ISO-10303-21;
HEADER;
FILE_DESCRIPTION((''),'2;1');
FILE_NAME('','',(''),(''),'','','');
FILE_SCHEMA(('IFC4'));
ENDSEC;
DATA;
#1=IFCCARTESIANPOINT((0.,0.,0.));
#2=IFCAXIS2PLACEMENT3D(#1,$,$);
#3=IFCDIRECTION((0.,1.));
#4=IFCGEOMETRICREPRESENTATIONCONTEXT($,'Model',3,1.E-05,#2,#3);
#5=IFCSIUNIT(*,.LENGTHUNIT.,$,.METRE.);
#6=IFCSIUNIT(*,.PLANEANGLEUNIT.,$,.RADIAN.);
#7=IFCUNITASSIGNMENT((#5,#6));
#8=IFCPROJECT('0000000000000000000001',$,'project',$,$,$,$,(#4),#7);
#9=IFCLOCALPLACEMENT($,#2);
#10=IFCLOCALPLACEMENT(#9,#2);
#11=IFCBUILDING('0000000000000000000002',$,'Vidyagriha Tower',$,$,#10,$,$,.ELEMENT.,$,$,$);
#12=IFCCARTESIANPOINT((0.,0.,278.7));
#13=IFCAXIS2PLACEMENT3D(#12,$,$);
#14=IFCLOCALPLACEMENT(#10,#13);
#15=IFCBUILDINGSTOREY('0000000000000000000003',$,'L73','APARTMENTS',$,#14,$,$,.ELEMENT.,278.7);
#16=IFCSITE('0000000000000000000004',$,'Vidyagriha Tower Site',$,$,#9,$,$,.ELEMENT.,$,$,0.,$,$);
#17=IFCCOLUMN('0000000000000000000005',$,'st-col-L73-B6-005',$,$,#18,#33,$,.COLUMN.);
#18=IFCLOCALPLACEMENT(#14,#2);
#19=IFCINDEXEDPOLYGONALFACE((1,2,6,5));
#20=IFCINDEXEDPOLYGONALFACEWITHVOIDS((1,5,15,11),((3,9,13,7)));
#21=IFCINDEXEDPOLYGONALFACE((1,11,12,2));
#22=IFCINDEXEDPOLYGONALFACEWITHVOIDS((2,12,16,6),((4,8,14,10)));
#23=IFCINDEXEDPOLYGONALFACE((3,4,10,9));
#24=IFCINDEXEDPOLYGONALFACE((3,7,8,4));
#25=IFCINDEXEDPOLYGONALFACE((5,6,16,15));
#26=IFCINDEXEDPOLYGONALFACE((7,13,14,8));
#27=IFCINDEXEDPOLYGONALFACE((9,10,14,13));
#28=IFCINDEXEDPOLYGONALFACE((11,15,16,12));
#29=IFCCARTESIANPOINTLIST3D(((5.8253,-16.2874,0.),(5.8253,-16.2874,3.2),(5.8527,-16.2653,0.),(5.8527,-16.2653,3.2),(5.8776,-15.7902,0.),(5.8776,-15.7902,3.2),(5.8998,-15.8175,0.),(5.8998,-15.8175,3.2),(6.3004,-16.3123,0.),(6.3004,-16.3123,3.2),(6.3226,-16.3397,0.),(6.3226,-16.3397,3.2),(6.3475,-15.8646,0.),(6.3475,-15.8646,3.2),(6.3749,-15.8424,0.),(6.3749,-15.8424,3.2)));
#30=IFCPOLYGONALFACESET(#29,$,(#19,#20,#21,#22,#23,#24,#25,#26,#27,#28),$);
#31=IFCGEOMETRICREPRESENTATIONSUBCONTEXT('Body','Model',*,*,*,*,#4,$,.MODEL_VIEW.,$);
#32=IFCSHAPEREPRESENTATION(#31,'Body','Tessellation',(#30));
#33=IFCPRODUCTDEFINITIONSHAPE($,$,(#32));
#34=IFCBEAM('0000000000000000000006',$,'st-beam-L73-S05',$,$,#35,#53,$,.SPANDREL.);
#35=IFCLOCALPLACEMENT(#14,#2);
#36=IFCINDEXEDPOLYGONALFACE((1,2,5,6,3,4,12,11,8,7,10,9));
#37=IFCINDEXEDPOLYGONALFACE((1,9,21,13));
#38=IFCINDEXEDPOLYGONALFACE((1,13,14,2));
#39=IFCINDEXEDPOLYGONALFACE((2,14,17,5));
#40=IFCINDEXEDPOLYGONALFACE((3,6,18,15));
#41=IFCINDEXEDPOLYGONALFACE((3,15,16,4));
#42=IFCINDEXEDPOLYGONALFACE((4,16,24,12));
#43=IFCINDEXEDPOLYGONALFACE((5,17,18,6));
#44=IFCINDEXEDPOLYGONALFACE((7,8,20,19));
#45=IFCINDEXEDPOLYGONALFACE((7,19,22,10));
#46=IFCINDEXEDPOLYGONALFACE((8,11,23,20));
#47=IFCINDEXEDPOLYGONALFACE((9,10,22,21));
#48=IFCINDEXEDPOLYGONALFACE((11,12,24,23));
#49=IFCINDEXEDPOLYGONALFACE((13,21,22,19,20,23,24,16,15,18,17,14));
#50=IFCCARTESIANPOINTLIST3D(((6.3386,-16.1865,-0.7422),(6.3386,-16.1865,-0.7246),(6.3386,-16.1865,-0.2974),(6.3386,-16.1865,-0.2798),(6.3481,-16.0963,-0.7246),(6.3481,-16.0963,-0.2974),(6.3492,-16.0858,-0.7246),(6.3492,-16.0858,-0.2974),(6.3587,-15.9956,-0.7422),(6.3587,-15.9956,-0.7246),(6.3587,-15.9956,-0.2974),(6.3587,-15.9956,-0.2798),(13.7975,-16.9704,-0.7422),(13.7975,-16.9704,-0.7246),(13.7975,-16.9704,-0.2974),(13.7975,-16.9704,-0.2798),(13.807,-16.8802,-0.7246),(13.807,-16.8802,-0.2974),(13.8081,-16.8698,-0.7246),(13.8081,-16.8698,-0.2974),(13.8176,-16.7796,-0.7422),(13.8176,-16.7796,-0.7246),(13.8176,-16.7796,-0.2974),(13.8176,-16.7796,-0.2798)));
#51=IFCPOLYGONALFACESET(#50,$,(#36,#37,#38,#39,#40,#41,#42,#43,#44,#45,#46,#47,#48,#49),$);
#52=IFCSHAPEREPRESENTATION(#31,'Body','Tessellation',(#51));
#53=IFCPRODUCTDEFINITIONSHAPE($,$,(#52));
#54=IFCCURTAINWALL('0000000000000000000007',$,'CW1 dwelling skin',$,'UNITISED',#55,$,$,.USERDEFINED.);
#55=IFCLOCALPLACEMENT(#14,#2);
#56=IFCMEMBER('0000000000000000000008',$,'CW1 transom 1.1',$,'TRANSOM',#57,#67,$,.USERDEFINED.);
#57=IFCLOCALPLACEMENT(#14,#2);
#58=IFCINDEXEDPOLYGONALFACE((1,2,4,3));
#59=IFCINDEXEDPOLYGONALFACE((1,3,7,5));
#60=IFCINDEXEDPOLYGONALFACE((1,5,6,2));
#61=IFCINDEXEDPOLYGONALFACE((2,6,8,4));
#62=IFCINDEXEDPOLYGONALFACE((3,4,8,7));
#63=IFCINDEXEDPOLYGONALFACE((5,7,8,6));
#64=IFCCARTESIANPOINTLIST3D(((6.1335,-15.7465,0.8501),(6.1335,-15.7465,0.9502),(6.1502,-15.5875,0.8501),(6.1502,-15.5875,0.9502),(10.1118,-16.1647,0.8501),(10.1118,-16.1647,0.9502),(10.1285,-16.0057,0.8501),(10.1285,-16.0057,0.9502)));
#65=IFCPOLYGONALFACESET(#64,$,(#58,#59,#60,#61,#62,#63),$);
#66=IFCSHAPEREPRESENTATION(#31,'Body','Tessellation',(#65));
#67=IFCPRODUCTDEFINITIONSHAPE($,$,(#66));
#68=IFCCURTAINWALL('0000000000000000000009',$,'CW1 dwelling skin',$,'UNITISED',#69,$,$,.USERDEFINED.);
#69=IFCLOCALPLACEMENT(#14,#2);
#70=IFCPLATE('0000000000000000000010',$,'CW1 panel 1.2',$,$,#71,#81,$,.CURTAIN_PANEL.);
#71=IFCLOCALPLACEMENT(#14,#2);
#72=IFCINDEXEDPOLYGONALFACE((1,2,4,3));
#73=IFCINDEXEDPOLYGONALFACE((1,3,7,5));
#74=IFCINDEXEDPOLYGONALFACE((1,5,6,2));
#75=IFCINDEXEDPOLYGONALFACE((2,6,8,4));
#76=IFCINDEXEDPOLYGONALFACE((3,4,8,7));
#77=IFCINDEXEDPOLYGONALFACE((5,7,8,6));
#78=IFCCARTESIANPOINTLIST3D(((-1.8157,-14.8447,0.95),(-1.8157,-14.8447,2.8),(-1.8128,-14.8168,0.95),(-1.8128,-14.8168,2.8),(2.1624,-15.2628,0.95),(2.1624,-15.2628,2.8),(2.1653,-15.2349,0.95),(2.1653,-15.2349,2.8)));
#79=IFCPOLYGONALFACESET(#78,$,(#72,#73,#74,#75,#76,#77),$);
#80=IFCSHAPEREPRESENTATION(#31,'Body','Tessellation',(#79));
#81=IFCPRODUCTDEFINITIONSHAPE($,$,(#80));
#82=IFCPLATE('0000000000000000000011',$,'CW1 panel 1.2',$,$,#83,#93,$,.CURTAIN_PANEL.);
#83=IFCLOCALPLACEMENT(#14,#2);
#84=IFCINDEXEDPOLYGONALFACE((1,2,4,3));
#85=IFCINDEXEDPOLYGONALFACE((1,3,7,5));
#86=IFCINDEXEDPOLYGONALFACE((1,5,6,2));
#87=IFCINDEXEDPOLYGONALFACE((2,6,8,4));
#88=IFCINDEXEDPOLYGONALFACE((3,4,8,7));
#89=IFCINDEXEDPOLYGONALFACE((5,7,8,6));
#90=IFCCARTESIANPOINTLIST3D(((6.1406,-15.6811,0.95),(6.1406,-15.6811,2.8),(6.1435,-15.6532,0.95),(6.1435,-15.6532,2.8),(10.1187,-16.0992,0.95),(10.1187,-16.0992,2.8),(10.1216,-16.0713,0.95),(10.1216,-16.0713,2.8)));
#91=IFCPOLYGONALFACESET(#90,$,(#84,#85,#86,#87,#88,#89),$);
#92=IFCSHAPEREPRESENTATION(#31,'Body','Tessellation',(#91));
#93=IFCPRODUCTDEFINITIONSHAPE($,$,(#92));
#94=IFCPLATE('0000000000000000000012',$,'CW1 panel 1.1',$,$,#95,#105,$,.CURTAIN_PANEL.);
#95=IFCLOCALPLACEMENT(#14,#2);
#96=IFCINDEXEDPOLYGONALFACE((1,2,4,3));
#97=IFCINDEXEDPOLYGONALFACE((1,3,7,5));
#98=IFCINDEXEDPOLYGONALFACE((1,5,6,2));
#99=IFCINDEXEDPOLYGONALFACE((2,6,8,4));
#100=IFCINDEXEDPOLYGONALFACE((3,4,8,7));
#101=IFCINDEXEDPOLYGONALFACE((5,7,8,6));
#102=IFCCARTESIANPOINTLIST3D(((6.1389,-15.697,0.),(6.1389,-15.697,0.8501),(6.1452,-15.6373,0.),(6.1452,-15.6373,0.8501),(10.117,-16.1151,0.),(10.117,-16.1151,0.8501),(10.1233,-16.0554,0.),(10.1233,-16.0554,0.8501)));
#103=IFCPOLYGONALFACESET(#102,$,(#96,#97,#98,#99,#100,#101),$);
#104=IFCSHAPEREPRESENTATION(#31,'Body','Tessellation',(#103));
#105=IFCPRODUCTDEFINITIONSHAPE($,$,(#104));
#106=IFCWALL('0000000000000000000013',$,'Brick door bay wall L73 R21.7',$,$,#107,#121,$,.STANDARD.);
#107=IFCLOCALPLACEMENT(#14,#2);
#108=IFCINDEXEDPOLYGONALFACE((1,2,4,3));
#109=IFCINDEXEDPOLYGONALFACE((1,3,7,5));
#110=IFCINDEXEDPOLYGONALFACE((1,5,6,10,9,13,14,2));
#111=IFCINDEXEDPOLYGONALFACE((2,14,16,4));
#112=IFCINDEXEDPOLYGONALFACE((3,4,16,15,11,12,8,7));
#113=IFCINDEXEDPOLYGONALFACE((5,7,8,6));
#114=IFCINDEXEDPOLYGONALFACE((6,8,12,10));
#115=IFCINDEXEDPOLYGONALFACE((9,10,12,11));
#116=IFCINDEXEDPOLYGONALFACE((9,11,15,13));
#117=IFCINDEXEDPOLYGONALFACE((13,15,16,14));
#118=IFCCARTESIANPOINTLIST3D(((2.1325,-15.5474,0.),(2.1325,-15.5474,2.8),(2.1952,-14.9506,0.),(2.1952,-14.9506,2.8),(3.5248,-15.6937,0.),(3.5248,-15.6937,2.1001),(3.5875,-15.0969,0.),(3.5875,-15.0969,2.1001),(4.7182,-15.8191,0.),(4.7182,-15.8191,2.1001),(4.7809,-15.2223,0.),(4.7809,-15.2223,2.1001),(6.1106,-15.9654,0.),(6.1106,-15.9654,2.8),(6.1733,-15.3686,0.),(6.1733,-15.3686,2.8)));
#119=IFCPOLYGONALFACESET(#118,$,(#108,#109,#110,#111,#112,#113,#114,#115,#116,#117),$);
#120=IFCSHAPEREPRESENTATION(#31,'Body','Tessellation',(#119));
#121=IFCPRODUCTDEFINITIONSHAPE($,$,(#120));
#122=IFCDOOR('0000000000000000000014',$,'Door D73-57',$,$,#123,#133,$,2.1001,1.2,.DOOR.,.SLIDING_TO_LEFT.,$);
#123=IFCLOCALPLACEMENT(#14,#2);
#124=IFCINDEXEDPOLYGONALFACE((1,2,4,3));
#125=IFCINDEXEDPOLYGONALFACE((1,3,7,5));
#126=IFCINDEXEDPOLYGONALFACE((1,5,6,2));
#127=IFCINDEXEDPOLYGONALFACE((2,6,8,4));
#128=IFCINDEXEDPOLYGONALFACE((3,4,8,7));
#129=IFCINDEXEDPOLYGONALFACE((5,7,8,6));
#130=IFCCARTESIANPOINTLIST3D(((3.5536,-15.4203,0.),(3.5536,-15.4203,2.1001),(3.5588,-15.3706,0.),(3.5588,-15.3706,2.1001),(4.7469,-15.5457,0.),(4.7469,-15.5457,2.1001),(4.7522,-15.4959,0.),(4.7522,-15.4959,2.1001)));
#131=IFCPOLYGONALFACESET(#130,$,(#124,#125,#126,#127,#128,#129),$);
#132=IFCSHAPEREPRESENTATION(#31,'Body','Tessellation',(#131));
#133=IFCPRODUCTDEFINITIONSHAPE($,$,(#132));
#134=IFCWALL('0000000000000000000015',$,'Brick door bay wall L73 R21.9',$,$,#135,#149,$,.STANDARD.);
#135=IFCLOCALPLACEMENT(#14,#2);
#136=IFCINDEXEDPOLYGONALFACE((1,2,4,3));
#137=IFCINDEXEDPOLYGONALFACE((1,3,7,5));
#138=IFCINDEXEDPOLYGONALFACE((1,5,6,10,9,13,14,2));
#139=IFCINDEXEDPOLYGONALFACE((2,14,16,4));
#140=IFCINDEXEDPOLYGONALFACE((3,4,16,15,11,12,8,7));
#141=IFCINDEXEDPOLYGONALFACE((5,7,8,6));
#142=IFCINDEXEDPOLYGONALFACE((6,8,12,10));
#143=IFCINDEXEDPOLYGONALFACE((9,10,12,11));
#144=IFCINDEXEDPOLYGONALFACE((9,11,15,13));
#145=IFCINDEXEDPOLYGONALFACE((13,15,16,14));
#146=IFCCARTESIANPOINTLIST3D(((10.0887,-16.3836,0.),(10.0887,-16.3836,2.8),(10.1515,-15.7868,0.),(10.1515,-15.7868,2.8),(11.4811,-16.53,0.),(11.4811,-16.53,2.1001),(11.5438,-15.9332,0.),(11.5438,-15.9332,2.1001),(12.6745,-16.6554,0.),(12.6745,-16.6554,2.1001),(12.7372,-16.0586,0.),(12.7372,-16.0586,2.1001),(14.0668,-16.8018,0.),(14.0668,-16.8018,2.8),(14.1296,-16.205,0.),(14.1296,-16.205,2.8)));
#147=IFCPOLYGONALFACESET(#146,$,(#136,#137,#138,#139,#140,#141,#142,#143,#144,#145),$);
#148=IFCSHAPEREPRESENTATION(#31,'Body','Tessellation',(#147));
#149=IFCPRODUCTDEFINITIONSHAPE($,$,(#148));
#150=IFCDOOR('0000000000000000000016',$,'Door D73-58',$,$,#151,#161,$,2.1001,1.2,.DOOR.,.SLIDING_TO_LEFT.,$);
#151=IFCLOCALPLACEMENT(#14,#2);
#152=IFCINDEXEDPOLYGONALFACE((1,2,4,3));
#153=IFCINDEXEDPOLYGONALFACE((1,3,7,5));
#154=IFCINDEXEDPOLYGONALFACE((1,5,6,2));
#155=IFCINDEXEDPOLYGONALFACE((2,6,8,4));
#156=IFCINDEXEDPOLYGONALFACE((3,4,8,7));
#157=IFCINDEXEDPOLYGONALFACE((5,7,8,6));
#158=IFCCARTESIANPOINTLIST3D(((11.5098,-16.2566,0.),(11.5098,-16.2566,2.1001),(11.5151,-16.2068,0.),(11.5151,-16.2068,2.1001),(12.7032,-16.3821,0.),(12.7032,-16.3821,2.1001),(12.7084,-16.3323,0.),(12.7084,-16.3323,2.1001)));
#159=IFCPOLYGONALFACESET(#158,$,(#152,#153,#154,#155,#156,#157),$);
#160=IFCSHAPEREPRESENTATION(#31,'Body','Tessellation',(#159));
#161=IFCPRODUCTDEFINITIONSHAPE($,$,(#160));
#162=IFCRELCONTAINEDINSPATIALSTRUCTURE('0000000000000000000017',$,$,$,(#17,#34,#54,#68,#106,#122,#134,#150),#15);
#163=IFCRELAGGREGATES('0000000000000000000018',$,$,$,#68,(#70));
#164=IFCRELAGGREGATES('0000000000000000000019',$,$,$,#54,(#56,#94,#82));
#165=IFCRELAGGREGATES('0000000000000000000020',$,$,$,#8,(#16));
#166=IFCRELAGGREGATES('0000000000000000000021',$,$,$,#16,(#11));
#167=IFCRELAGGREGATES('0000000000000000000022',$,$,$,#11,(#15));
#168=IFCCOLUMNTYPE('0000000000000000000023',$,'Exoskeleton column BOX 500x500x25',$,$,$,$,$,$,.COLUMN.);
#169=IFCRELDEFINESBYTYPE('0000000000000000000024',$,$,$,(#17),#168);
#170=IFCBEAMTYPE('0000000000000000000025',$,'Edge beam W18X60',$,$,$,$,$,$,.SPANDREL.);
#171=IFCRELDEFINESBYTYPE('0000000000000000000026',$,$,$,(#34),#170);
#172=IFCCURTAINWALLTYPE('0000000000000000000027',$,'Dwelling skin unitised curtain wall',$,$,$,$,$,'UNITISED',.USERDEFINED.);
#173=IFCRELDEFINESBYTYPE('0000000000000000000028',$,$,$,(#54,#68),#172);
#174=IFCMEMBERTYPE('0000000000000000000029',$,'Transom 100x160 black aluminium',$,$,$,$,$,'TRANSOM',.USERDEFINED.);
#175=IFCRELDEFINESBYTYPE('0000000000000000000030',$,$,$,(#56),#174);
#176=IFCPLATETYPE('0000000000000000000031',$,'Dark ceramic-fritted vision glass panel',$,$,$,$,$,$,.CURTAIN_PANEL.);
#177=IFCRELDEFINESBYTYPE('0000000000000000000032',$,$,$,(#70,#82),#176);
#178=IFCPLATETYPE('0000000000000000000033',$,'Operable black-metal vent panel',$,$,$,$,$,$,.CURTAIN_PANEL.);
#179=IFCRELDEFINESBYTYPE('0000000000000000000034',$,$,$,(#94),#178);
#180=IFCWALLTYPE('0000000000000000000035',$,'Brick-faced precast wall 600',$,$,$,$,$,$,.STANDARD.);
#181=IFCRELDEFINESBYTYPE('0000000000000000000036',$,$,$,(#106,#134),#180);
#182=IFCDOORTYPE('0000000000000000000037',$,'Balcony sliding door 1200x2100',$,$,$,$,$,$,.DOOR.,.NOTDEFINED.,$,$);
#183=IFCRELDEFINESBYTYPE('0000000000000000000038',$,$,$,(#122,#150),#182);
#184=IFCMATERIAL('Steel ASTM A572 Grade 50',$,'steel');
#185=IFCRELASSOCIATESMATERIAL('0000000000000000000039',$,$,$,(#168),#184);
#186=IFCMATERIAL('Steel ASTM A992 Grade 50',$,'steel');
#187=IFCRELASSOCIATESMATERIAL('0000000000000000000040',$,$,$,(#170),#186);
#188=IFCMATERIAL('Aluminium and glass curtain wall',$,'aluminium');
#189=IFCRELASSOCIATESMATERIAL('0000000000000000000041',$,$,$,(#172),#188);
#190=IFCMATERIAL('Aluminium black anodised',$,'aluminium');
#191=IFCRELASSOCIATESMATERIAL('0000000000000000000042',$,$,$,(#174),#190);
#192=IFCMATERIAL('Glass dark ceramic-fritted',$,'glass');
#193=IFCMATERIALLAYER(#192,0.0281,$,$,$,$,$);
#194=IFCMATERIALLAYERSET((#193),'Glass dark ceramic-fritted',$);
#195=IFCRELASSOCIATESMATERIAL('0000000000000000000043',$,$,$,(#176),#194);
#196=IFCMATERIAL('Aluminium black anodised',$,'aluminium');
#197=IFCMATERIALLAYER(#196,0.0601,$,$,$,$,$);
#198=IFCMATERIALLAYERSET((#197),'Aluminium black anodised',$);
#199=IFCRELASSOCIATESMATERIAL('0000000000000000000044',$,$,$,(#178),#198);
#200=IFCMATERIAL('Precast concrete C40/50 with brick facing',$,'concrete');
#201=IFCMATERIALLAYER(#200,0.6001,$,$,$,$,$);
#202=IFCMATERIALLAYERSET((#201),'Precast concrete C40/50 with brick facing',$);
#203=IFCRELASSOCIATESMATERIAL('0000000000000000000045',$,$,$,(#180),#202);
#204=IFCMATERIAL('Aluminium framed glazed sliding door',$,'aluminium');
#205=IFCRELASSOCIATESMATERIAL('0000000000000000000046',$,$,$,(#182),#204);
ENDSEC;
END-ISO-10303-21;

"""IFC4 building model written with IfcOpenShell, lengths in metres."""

from ifc_helpers import new_model, si_unit, direction, frame, frame_2d, origin, origin_2d, place, context, subcontext, project, spatial, rectangle, hollow_rectangle, i_section, extrude, material, layer, layer_set, material_profile, profile_set, type_object, element, fill, aggregate, save


model = new_model("IFC4")

# Units and contexts
model_context = context("Model", 3, precision=1e-05, world=origin(), true_north=direction((0.0, 1.0)))
body_context = subcontext(model_context, "Body", "Model", "MODEL_VIEW")
ifc_project = project(units=[si_unit("LENGTHUNIT", "METRE"), si_unit("PLANEANGLEUNIT", "RADIAN")], contexts=[model_context])

# Site, building, storey
site_placement = place(None, origin())
site = spatial("IfcSite", under=ifc_project, at=site_placement, Name="Vidyagriha Tower Site", CompositionType="ELEMENT", RefElevation=0.0)
building_placement = place(site_placement, origin())
building = spatial("IfcBuilding", under=site, at=building_placement, Name="Vidyagriha Tower", CompositionType="ELEMENT")
storey_placement = place(building_placement, frame((0.0, 0.0, 278.7)))
storey = spatial("IfcBuildingStorey", under=building, at=storey_placement, Name="L73", Description="APARTMENTS", CompositionType="ELEMENT", Elevation=278.7)

# Column
ifc_material_1 = material(Name="Steel ASTM A572 Grade 50", Category="steel")
ifc_material_profile_1 = material_profile(ifc_material_1, hollow_rectangle(XDim=0.5, YDim=0.5, WallThickness=0.0249, at=origin_2d()), Name="BOX 500x500x25")
ifc_profile_set_1 = profile_set([ifc_material_profile_1], Name="Steel ASTM A572 Grade 50")
column_type = type_object("IfcColumnType", Name="Exoskeleton column BOX 500x500x25", PredefinedType="COLUMN", material=ifc_profile_set_1)
column_placement = place(storey_placement, frame((6.1001, -16.0649, 0.0), z_axis=(0.0, 0.0, 1.0), x_axis=(0.994522, -0.104528, 0.0)))
element("IfcColumn", 1, at=column_placement, inside=storey, type_object=column_type, Name="st-col-L73-B6-005", PredefinedType="COLUMN", context=body_context, shape_type="SweptSolid", body=[
    extrude(hollow_rectangle(XDim=0.5, YDim=0.5, WallThickness=0.0249, at=origin_2d()), origin(), (0.0, 0.0, 1.0), 3.2),
])

# Beam
ifc_material_2 = material(Name="Steel ASTM A992 Grade 50", Category="steel")
ifc_material_profile_2 = material_profile(ifc_material_2, i_section(OverallWidth=0.1919, OverallDepth=0.4624, WebThickness=0.0105, FlangeThickness=0.0176, at=origin_2d()), Name="W18X60")
ifc_profile_set_2 = profile_set([ifc_material_profile_2], Name="Steel ASTM A992 Grade 50")
beam_type = type_object("IfcBeamType", Name="Edge beam W18X60", PredefinedType="SPANDREL", material=ifc_profile_set_2)
beam_placement = place(storey_placement, frame((6.3486, -16.0911, -0.511), z_axis=(0.994522, -0.104524, 0.0), x_axis=(0.104524, 0.994522, 0.0)))
element("IfcBeam", 2, at=beam_placement, inside=storey, type_object=beam_type, Name="st-beam-L73-S05", PredefinedType="SPANDREL", context=body_context, shape_type="SweptSolid", body=[
    extrude(i_section(OverallWidth=0.1919, OverallDepth=0.4624, WebThickness=0.0105, FlangeThickness=0.0176, at=origin_2d()), origin(), (0.0, 0.0, 1.0), 7.5),
])

# Curtain wall, member
ifc_material_3 = material(Name="Aluminium and glass curtain wall", Category="aluminium")
curtain_wall_type = type_object("IfcCurtainWallType", Name="Dwelling skin unitised curtain wall", ElementType="UNITISED", PredefinedType="USERDEFINED", material=ifc_material_3)
curtain_wall_1_placement = place(storey_placement, origin())
curtain_wall_1 = element("IfcCurtainWall", 3, at=curtain_wall_1_placement, inside=storey, type_object=curtain_wall_type, Name="CW1 dwelling skin", ObjectType="UNITISED", PredefinedType="USERDEFINED")
ifc_material_4 = material(Name="Aluminium black anodised", Category="aluminium")
ifc_material_profile_3 = material_profile(ifc_material_4, rectangle(XDim=0.1599, YDim=0.1001, at=origin_2d()), Name="Transom 100x160 black aluminium")
ifc_profile_set_3 = profile_set([ifc_material_profile_3], Name="Aluminium black anodised")
member_type = type_object("IfcMemberType", Name="Transom 100x160 black aluminium", ElementType="TRANSOM", PredefinedType="USERDEFINED", material=ifc_profile_set_3)
member_placement = place(storey_placement, frame((6.1418, -15.667, 0.9001), z_axis=(0.99452, -0.104548, 0.0), x_axis=(0.104548, 0.99452, 0.0)))
member = element("IfcMember", 4, at=member_placement, type_object=member_type, Name="CW1 transom 1.1", ObjectType="TRANSOM", PredefinedType="USERDEFINED", context=body_context, shape_type="SweptSolid", body=[
    extrude(rectangle(XDim=0.1599, YDim=0.1001, at=origin_2d()), origin(), (0.0, 0.0, 1.0), 4.0002),
])

# Curtain wall, plate
curtain_wall_2_placement = place(storey_placement, origin())
curtain_wall_2 = element("IfcCurtainWall", 5, at=curtain_wall_2_placement, inside=storey, type_object=curtain_wall_type, Name="CW1 dwelling skin", ObjectType="UNITISED", PredefinedType="USERDEFINED")
ifc_material_5 = material(Name="Glass dark ceramic-fritted", Category="glass")
ifc_layer_1 = layer(ifc_material_5, 0.0281)
ifc_layer_set_1 = layer_set([ifc_layer_1], Name="Glass dark ceramic-fritted")
plate_type_1 = type_object("IfcPlateType", Name="Dark ceramic-fritted vision glass panel", PredefinedType="CURTAIN_PANEL", material=ifc_layer_set_1)
plate_1_placement = place(storey_placement, frame((0.1748, -15.0398, 0.95), z_axis=(0.0, 0.0, 1.0), x_axis=(0.994522, -0.104527, 0.0)))
plate_1 = element("IfcPlate", 6, at=plate_1_placement, type_object=plate_type_1, Name="CW1 panel 1.2", PredefinedType="CURTAIN_PANEL", context=body_context, shape_type="SweptSolid", body=[
    extrude(rectangle(XDim=4.0, YDim=0.0281, at=origin_2d()), origin(), (0.0, 0.0, 1.0), 1.8501),
])
aggregate(curtain_wall_2, [plate_1])

# Plates
plate_2_placement = place(storey_placement, frame((8.1311, -15.8762, 0.95), z_axis=(0.0, 0.0, 1.0), x_axis=(0.994522, -0.104525, 0.0)))
plate_2 = element("IfcPlate", 7, at=plate_2_placement, type_object=plate_type_1, Name="CW1 panel 1.2", PredefinedType="CURTAIN_PANEL", context=body_context, shape_type="SweptSolid", body=[
    extrude(rectangle(XDim=4.0, YDim=0.0281, at=origin_2d()), origin(), (0.0, 0.0, 1.0), 1.8501),
])
ifc_material_6 = material(Name="Aluminium black anodised", Category="aluminium")
ifc_layer_2 = layer(ifc_material_6, 0.0601)
ifc_layer_set_2 = layer_set([ifc_layer_2], Name="Aluminium black anodised")
plate_type_2 = type_object("IfcPlateType", Name="Operable black-metal vent panel", PredefinedType="CURTAIN_PANEL", material=ifc_layer_set_2)
plate_3_placement = place(storey_placement, frame((8.1311, -15.8762, 0.0), z_axis=(0.0, 0.0, 1.0), x_axis=(0.994522, -0.104525, 0.0)))
plate_3 = element("IfcPlate", 8, at=plate_3_placement, type_object=plate_type_2, Name="CW1 panel 1.1", PredefinedType="CURTAIN_PANEL", context=body_context, shape_type="SweptSolid", body=[
    extrude(rectangle(XDim=4.0, YDim=0.0601, at=origin_2d()), origin(), (0.0, 0.0, 1.0), 0.8501),
])
aggregate(curtain_wall_1, [member, plate_3, plate_2])

# Walls, openings, doors
ifc_material_7 = material(Name="Precast concrete C40/50 with brick facing", Category="concrete")
ifc_layer_3 = layer(ifc_material_7, 0.6001)
ifc_layer_set_3 = layer_set([ifc_layer_3], Name="Precast concrete C40/50 with brick facing")
wall_type = type_object("IfcWallType", Name="Brick-faced precast wall 600", PredefinedType="STANDARD", material=ifc_layer_set_3)
wall_1_placement = place(storey_placement, frame((2.1638, -15.249, 0.0), z_axis=(0.0, 0.0, 1.0), x_axis=(0.994526, -0.104494, 0.0)))
wall_1 = element("IfcWall", 9, at=wall_1_placement, inside=storey, type_object=wall_type, Name="Brick door bay wall L73 R21.7", PredefinedType="STANDARD", context=body_context, shape_type="SweptSolid", body=[
    extrude(rectangle(XDim=4.0, YDim=0.6001, at=frame_2d((2.0, 0.0))), origin(), (0.0, 0.0, 1.0), 2.8),
])
opening_1_placement = place(wall_1_placement, frame((1.3999, 0.0, 0.0)))
opening_1 = element("IfcOpeningElement", 10, at=opening_1_placement, cuts=wall_1, PredefinedType="OPENING", context=body_context, shape_type="SweptSolid", body=[
    extrude(rectangle(XDim=1.2, YDim=2.1001, at=frame_2d((0.6001, 1.05))), frame((0.0, 0.3101, 0.0), z_axis=(0.0, -1.0, 0.0), x_axis=(1.0, 0.0, 0.0)), (0.0, 0.0, 1.0), 0.6201),
])
ifc_material_8 = material(Name="Aluminium framed glazed sliding door", Category="aluminium")
door_type = type_object("IfcDoorType", Name="Balcony sliding door 1200x2100", OperationType="NOTDEFINED", PredefinedType="DOOR", material=ifc_material_8)
door_1_placement = place(opening_1_placement, origin())
door_1 = element("IfcDoor", 11, at=door_1_placement, inside=storey, type_object=door_type, Name="Door D73-57", OperationType="SLIDING_TO_LEFT", OverallHeight=2.1001, OverallWidth=1.2, PredefinedType="DOOR", context=body_context, shape_type="SweptSolid", body=[
    extrude(rectangle(XDim=1.2, YDim=2.1001, at=frame_2d((0.6001, 1.05))), frame((0.0, 0.0249, 0.0), z_axis=(0.0, -1.0, 0.0), x_axis=(1.0, 0.0, 0.0)), (0.0, 0.0, 1.0), 0.05),
])
fill(opening_1, door_1)
wall_2_placement = place(storey_placement, frame((10.1201, -16.0852, 0.0), z_axis=(0.0, 0.0, 1.0), x_axis=(0.994519, -0.104555, 0.0)))
wall_2 = element("IfcWall", 12, at=wall_2_placement, inside=storey, type_object=wall_type, Name="Brick door bay wall L73 R21.9", PredefinedType="STANDARD", context=body_context, shape_type="SweptSolid", body=[
    extrude(rectangle(XDim=4.0, YDim=0.6001, at=frame_2d((2.0, 0.0))), origin(), (0.0, 0.0, 1.0), 2.8),
])
opening_2_placement = place(wall_2_placement, frame((1.3999, 0.0, 0.0)))
opening_2 = element("IfcOpeningElement", 13, at=opening_2_placement, cuts=wall_2, PredefinedType="OPENING", context=body_context, shape_type="SweptSolid", body=[
    extrude(rectangle(XDim=1.2, YDim=2.1001, at=frame_2d((0.6001, 1.05))), frame((0.0, 0.3101, 0.0), z_axis=(0.0, -1.0, 0.0), x_axis=(1.0, 0.0, 0.0)), (0.0, 0.0, 1.0), 0.6201),
])
door_2_placement = place(opening_2_placement, origin())
door_2 = element("IfcDoor", 14, at=door_2_placement, inside=storey, type_object=door_type, Name="Door D73-58", OperationType="SLIDING_TO_LEFT", OverallHeight=2.1001, OverallWidth=1.2, PredefinedType="DOOR", context=body_context, shape_type="SweptSolid", body=[
    extrude(rectangle(XDim=1.2, YDim=2.1001, at=frame_2d((0.6001, 1.05))), frame((0.0, 0.0249, 0.0), z_axis=(0.0, -1.0, 0.0), x_axis=(1.0, 0.0, 0.0)), (0.0, 0.0, 1.0), 0.05),
])
fill(opening_2, door_2)

save(model, "model.ifc")
